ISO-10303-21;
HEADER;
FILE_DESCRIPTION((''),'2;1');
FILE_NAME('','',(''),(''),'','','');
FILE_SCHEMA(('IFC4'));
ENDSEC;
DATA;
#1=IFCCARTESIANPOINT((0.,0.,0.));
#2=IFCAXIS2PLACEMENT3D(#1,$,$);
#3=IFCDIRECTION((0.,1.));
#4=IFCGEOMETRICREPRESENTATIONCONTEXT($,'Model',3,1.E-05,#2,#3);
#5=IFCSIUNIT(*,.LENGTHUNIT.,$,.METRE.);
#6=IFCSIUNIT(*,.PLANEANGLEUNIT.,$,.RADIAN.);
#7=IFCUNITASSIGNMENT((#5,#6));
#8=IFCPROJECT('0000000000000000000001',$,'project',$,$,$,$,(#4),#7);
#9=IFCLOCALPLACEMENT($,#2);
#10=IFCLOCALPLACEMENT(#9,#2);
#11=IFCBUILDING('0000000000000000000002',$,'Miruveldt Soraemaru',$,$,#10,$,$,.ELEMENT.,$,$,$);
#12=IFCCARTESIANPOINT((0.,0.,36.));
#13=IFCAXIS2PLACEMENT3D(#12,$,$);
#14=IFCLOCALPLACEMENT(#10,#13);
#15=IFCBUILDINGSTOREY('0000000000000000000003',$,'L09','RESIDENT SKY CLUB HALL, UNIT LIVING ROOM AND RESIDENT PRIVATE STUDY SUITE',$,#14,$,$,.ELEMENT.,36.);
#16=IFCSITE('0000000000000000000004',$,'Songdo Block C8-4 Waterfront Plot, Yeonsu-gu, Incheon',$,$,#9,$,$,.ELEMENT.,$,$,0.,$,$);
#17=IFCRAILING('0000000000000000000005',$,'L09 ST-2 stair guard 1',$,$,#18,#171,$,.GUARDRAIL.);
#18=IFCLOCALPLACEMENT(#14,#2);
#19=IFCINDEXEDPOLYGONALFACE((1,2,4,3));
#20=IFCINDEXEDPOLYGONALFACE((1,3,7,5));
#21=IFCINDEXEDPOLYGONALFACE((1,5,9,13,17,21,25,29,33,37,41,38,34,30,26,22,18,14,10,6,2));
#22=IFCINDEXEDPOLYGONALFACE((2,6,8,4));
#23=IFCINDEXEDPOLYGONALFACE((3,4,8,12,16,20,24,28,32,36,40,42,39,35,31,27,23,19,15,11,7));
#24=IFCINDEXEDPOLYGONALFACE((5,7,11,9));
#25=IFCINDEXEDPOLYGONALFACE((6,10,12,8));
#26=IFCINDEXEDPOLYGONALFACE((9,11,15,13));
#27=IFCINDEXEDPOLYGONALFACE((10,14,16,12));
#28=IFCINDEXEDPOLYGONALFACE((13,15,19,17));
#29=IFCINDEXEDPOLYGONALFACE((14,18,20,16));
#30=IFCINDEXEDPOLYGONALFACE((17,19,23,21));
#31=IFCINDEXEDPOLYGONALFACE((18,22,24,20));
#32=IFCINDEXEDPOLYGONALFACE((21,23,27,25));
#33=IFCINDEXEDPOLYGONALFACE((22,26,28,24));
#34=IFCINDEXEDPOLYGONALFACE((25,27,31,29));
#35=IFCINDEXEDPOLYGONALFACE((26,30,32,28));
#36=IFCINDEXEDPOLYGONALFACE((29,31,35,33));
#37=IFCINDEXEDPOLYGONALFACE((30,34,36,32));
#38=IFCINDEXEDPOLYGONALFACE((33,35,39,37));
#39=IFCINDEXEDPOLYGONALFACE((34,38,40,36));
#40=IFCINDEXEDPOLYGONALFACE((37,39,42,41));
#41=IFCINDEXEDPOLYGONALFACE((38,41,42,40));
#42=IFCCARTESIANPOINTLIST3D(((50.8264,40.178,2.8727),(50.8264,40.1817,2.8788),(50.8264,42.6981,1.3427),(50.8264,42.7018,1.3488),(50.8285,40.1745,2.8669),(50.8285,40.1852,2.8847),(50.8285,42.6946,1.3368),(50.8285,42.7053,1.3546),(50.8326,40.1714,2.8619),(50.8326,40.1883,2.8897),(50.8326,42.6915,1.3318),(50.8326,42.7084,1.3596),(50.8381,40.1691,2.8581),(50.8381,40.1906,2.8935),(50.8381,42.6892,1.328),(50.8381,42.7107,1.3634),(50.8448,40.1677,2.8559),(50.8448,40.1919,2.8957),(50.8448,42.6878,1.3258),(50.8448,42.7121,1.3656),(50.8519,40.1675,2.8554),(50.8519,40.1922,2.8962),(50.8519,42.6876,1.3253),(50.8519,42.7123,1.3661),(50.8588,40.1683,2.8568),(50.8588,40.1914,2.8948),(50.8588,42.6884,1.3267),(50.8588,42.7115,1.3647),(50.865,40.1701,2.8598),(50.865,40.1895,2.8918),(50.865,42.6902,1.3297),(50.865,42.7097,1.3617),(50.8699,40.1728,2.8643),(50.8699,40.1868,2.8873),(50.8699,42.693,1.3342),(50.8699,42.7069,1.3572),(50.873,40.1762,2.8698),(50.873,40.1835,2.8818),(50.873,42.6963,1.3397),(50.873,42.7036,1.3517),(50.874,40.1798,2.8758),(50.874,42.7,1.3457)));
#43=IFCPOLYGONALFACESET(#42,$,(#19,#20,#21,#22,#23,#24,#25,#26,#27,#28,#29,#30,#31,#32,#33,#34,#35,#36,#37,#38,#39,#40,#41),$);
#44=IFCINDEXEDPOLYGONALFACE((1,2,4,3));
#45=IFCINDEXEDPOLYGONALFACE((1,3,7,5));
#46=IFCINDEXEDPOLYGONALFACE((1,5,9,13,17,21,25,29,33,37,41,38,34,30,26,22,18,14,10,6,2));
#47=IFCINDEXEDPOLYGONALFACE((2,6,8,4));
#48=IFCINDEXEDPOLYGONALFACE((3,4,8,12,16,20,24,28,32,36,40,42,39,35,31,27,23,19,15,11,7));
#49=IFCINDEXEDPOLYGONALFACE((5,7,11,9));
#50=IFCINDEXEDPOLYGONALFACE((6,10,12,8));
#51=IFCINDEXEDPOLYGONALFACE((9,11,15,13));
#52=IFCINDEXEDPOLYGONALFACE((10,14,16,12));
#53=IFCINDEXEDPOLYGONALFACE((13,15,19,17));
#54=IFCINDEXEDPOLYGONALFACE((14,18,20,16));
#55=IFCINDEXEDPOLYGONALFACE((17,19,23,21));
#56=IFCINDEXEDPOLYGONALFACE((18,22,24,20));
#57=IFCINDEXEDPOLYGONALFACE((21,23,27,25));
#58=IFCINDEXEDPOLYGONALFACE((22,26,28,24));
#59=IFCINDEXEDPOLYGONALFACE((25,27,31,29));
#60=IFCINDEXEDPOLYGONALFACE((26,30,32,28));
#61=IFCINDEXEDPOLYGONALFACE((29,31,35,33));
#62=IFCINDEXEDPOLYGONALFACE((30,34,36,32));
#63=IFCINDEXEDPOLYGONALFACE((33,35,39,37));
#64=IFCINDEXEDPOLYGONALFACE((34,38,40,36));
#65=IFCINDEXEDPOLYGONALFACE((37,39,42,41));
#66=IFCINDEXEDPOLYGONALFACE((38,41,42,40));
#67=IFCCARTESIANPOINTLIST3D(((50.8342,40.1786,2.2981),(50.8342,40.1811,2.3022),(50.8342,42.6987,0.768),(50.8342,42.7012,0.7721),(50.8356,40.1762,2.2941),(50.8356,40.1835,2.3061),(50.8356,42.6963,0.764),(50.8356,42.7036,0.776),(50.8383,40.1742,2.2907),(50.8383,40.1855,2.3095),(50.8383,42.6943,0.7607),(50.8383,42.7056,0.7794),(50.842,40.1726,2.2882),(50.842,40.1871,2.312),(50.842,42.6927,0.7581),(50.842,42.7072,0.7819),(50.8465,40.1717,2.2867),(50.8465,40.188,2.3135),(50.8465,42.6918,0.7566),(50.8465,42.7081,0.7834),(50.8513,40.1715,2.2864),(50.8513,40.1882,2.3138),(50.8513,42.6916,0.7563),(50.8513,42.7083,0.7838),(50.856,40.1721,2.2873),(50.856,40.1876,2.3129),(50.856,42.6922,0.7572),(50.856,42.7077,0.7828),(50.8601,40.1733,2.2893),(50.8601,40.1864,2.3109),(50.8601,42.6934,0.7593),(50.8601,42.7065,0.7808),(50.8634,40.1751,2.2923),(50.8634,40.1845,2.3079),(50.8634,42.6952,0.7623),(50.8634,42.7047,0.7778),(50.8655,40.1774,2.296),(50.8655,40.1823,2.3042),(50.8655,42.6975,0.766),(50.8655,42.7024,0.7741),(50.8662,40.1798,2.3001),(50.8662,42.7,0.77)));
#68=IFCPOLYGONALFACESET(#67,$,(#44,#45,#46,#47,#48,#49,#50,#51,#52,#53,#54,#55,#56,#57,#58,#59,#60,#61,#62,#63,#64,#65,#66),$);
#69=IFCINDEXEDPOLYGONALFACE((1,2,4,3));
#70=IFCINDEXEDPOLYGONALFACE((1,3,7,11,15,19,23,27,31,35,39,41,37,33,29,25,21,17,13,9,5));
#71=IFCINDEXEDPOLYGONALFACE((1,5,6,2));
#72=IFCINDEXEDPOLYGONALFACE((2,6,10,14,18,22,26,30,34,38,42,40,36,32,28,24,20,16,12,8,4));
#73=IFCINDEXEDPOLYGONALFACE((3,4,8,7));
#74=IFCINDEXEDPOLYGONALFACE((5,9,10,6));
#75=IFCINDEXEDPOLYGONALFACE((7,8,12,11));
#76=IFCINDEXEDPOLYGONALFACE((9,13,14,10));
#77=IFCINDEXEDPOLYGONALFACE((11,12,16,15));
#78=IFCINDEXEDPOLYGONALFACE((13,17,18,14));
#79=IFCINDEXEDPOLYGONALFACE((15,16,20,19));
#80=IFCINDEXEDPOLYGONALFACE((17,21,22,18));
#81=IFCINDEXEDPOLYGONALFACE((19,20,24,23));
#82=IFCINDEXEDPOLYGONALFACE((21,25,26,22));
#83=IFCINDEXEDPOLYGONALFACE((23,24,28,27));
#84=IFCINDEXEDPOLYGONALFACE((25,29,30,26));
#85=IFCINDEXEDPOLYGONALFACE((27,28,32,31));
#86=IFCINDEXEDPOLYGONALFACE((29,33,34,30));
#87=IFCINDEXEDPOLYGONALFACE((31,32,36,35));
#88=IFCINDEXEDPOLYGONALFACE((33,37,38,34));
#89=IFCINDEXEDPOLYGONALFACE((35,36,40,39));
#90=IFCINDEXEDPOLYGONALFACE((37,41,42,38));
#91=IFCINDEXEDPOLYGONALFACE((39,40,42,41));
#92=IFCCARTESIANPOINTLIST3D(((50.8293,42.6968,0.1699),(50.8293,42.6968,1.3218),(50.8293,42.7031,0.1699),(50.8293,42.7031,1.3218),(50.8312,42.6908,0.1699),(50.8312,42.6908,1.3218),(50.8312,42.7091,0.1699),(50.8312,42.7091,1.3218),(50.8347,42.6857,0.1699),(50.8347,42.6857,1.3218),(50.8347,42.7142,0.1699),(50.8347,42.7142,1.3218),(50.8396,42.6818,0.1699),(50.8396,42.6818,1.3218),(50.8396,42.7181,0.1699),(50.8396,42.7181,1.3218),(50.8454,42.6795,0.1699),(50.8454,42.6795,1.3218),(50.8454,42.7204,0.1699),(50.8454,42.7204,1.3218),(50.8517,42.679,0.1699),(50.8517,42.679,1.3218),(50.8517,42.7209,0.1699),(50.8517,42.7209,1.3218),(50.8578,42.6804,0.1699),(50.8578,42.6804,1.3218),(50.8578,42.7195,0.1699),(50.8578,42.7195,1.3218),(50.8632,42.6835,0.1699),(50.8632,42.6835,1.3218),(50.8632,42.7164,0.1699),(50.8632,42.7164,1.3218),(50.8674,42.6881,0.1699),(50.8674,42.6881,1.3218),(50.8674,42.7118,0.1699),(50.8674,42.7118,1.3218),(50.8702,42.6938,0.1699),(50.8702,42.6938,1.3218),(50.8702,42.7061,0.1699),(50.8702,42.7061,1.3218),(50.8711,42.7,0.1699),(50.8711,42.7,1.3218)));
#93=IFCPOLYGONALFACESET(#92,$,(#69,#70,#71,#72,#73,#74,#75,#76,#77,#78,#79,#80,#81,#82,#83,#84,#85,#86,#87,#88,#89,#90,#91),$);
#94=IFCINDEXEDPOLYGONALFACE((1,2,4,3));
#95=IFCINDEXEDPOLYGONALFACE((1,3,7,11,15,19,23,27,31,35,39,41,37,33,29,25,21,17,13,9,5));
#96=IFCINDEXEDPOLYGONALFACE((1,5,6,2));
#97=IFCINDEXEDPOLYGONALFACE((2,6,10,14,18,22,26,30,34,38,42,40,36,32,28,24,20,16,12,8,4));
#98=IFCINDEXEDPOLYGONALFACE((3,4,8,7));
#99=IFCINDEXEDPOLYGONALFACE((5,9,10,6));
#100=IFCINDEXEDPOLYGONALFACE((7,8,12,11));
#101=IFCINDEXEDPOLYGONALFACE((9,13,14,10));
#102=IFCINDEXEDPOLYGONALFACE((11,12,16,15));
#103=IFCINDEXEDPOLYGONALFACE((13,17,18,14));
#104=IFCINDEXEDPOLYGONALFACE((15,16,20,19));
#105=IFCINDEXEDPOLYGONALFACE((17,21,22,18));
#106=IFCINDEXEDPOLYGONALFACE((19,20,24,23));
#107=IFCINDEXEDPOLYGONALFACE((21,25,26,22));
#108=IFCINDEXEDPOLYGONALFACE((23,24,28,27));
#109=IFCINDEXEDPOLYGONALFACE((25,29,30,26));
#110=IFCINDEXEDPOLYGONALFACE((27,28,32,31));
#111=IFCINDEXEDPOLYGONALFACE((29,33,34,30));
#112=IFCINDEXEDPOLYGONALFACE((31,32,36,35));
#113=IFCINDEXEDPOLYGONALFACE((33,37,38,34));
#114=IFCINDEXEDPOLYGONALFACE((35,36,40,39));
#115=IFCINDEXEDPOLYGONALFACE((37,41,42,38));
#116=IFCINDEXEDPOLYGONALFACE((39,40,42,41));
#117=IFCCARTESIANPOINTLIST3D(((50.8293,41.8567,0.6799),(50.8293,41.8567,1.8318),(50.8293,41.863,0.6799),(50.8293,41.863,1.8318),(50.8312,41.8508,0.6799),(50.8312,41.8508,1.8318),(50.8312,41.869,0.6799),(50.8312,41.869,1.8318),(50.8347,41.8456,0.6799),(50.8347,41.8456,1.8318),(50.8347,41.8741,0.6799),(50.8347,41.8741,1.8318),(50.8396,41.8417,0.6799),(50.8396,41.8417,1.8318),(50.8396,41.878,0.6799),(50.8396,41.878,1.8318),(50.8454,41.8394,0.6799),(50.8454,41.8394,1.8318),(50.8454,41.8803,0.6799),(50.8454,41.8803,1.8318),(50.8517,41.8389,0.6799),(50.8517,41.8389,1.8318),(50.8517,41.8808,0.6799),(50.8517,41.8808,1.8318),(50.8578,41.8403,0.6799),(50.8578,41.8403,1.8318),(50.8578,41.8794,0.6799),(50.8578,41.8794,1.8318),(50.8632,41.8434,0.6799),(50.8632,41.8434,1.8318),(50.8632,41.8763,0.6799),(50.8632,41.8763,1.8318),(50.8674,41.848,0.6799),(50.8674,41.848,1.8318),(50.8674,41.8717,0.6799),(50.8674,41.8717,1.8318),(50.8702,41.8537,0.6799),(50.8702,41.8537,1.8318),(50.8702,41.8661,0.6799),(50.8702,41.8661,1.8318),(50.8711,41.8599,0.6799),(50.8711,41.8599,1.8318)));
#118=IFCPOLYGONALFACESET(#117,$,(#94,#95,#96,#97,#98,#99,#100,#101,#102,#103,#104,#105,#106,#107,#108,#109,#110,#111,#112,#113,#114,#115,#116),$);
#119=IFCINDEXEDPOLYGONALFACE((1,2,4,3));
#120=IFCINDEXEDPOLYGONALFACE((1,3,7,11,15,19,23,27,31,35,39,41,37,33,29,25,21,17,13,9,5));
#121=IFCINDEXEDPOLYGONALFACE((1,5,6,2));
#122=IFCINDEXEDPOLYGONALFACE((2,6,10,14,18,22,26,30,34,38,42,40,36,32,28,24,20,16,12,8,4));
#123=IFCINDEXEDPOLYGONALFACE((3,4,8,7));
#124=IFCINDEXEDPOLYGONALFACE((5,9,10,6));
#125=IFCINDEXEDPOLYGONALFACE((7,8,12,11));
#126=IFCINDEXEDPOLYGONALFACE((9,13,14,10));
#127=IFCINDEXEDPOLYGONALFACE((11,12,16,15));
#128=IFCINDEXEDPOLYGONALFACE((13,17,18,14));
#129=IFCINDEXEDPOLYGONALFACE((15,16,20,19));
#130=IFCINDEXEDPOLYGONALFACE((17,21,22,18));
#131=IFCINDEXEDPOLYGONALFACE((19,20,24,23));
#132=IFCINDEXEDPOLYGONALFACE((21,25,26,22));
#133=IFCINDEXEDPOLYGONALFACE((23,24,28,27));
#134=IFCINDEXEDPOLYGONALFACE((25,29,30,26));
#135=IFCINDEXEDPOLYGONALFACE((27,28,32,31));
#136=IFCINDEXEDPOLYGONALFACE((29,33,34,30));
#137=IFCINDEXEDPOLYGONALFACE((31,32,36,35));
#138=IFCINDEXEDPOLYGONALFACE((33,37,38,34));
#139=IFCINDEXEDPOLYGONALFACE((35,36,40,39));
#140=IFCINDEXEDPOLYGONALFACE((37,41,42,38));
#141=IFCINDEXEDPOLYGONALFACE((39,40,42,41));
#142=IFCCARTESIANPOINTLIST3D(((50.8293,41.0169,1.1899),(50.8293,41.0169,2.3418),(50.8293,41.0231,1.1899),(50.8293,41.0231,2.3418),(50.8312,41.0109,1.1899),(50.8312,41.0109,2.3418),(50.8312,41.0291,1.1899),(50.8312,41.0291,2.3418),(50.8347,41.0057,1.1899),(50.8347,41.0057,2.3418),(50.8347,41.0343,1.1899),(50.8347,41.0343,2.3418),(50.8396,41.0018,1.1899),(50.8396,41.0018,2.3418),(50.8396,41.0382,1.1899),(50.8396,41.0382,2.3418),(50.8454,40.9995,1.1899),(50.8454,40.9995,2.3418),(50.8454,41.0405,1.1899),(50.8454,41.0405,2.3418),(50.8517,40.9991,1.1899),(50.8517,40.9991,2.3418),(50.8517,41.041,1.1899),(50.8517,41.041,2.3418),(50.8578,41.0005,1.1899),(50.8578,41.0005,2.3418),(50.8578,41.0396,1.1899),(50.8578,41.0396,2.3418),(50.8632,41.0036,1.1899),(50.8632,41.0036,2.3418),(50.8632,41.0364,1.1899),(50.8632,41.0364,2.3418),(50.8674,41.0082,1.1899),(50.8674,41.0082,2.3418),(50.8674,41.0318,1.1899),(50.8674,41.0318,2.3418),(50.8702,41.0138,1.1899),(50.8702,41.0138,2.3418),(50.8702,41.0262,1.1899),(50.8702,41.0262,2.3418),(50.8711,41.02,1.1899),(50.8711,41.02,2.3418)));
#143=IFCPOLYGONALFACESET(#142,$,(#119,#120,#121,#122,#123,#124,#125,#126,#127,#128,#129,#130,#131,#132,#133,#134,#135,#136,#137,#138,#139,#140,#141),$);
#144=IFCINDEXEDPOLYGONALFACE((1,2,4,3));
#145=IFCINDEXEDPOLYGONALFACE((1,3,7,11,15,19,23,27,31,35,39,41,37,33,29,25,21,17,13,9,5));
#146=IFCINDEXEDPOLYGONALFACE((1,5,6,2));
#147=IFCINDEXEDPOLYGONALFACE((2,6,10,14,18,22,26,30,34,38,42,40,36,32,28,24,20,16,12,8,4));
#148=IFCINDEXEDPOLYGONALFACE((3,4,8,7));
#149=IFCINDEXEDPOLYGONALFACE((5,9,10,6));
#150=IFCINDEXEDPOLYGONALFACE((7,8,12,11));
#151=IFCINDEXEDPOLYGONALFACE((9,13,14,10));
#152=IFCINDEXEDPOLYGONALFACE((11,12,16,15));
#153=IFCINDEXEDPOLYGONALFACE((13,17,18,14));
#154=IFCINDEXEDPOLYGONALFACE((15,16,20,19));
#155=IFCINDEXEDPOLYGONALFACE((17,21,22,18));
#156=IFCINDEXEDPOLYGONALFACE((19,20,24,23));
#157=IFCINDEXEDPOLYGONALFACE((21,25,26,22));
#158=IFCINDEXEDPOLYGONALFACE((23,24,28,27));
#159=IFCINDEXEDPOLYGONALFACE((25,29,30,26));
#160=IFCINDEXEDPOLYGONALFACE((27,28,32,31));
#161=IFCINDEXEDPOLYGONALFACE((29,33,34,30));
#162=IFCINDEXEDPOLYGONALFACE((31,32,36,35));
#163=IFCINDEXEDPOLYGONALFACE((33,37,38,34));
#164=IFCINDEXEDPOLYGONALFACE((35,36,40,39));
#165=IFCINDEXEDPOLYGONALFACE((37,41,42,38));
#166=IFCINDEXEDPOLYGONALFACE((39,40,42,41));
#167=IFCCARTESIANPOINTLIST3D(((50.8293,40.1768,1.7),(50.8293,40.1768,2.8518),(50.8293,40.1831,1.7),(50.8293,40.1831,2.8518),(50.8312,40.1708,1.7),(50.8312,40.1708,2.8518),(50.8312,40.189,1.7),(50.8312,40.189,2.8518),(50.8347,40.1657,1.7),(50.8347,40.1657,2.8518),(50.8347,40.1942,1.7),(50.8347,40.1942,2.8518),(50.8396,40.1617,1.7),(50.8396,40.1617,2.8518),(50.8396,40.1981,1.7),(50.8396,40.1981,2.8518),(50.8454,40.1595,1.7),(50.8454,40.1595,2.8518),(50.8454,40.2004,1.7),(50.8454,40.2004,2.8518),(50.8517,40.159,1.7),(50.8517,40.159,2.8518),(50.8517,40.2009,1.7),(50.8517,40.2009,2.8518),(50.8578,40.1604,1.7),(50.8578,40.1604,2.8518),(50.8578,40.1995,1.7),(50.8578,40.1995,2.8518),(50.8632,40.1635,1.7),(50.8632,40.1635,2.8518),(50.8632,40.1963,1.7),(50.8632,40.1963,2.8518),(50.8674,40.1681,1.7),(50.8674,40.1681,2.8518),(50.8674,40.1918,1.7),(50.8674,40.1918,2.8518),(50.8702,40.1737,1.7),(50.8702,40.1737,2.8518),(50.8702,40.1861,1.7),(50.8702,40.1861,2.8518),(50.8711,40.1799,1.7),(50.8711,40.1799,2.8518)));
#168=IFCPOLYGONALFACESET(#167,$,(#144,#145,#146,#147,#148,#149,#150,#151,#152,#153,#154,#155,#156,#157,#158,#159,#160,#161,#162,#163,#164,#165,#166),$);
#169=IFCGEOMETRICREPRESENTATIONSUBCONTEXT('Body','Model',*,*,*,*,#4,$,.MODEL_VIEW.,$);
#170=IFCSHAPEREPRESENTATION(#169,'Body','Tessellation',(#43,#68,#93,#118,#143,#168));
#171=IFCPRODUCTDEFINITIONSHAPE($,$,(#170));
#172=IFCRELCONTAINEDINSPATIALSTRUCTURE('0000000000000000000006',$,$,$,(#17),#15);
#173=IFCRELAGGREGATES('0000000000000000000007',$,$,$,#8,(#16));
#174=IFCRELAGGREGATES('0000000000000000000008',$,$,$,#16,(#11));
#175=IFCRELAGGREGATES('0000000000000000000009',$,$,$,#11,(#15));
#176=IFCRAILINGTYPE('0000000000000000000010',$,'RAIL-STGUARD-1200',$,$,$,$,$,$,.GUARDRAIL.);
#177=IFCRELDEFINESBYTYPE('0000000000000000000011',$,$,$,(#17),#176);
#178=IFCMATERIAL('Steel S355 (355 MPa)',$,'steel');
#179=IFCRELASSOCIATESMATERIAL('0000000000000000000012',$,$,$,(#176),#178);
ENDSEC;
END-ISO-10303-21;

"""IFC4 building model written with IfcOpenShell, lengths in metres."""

from ifc_helpers import new_model, si_unit, direction, frame, origin, origin_2d, place, context, subcontext, project, spatial, circle, extrude, material, type_object, element, save


model = new_model("IFC4")

# Units and contexts
model_context = context("Model", 3, precision=1e-05, world=origin(), true_north=direction((0.0, 1.0)))
body_context = subcontext(model_context, "Body", "Model", "MODEL_VIEW")
ifc_project = project(units=[si_unit("LENGTHUNIT", "METRE"), si_unit("PLANEANGLEUNIT", "RADIAN")], contexts=[model_context])

# Site, building, storey
site_placement = place(None, origin())
site = spatial("IfcSite", under=ifc_project, at=site_placement, Name="Songdo Block C8-4 Waterfront Plot, Yeonsu-gu, Incheon", CompositionType="ELEMENT", RefElevation=0.0)
building_placement = place(site_placement, origin())
building = spatial("IfcBuilding", under=site, at=building_placement, Name="Miruveldt Soraemaru", CompositionType="ELEMENT")
storey_placement = place(building_placement, frame((0.0, 0.0, 36.0)))
storey = spatial("IfcBuildingStorey", under=building, at=storey_placement, Name="L09", Description="RESIDENT SKY CLUB HALL, UNIT LIVING ROOM AND RESIDENT PRIVATE STUDY SUITE", CompositionType="ELEMENT", Elevation=36.0)

# Railing
ifc_material_1 = material(Name="Steel S355 (355 MPa)", Category="steel")
railing_type_1 = type_object("IfcRailingType", Name="RAIL-STGUARD-1200", PredefinedType="GUARDRAIL", material=ifc_material_1)
railing_1_placement = place(storey_placement, frame((50.8501, 42.7, 0.1699)))
element("IfcRailing", 1, at=railing_1_placement, inside=storey, type_object=railing_type_1, Name="L09 ST-2 stair guard 1", PredefinedType="GUARDRAIL", context=body_context, shape_type="SweptSolid", body=[
    extrude(circle(Radius=0.0239, at=origin_2d()), frame((0.0, 0.0, 1.1758), z_axis=(0.0, -0.854785, 0.518982), x_axis=(1.0, 0.0, 0.0)), (0.0, 0.0, 1.0), 2.9482),
    extrude(circle(Radius=0.0161, at=origin_2d()), frame((0.0, 0.0, 0.6001), z_axis=(0.0, -0.854785, 0.518982), x_axis=(1.0, 0.0, 0.0)), (0.0, 0.0, 1.0), 2.9482),
    extrude(circle(Radius=0.021, at=origin_2d()), origin(), (0.0, 0.0, 1.0), 1.1519),
    extrude(circle(Radius=0.021, at=origin_2d()), frame((0.0, -0.8401, 0.51)), (0.0, 0.0, 1.0), 1.1519),
    extrude(circle(Radius=0.021, at=origin_2d()), frame((0.0, -1.6799, 1.02)), (0.0, 0.0, 1.0), 1.1519),
    extrude(circle(Radius=0.021, at=origin_2d()), frame((0.0, -2.52, 1.53)), (0.0, 0.0, 1.0), 1.1519),
])

save(model, "model.ifc")
